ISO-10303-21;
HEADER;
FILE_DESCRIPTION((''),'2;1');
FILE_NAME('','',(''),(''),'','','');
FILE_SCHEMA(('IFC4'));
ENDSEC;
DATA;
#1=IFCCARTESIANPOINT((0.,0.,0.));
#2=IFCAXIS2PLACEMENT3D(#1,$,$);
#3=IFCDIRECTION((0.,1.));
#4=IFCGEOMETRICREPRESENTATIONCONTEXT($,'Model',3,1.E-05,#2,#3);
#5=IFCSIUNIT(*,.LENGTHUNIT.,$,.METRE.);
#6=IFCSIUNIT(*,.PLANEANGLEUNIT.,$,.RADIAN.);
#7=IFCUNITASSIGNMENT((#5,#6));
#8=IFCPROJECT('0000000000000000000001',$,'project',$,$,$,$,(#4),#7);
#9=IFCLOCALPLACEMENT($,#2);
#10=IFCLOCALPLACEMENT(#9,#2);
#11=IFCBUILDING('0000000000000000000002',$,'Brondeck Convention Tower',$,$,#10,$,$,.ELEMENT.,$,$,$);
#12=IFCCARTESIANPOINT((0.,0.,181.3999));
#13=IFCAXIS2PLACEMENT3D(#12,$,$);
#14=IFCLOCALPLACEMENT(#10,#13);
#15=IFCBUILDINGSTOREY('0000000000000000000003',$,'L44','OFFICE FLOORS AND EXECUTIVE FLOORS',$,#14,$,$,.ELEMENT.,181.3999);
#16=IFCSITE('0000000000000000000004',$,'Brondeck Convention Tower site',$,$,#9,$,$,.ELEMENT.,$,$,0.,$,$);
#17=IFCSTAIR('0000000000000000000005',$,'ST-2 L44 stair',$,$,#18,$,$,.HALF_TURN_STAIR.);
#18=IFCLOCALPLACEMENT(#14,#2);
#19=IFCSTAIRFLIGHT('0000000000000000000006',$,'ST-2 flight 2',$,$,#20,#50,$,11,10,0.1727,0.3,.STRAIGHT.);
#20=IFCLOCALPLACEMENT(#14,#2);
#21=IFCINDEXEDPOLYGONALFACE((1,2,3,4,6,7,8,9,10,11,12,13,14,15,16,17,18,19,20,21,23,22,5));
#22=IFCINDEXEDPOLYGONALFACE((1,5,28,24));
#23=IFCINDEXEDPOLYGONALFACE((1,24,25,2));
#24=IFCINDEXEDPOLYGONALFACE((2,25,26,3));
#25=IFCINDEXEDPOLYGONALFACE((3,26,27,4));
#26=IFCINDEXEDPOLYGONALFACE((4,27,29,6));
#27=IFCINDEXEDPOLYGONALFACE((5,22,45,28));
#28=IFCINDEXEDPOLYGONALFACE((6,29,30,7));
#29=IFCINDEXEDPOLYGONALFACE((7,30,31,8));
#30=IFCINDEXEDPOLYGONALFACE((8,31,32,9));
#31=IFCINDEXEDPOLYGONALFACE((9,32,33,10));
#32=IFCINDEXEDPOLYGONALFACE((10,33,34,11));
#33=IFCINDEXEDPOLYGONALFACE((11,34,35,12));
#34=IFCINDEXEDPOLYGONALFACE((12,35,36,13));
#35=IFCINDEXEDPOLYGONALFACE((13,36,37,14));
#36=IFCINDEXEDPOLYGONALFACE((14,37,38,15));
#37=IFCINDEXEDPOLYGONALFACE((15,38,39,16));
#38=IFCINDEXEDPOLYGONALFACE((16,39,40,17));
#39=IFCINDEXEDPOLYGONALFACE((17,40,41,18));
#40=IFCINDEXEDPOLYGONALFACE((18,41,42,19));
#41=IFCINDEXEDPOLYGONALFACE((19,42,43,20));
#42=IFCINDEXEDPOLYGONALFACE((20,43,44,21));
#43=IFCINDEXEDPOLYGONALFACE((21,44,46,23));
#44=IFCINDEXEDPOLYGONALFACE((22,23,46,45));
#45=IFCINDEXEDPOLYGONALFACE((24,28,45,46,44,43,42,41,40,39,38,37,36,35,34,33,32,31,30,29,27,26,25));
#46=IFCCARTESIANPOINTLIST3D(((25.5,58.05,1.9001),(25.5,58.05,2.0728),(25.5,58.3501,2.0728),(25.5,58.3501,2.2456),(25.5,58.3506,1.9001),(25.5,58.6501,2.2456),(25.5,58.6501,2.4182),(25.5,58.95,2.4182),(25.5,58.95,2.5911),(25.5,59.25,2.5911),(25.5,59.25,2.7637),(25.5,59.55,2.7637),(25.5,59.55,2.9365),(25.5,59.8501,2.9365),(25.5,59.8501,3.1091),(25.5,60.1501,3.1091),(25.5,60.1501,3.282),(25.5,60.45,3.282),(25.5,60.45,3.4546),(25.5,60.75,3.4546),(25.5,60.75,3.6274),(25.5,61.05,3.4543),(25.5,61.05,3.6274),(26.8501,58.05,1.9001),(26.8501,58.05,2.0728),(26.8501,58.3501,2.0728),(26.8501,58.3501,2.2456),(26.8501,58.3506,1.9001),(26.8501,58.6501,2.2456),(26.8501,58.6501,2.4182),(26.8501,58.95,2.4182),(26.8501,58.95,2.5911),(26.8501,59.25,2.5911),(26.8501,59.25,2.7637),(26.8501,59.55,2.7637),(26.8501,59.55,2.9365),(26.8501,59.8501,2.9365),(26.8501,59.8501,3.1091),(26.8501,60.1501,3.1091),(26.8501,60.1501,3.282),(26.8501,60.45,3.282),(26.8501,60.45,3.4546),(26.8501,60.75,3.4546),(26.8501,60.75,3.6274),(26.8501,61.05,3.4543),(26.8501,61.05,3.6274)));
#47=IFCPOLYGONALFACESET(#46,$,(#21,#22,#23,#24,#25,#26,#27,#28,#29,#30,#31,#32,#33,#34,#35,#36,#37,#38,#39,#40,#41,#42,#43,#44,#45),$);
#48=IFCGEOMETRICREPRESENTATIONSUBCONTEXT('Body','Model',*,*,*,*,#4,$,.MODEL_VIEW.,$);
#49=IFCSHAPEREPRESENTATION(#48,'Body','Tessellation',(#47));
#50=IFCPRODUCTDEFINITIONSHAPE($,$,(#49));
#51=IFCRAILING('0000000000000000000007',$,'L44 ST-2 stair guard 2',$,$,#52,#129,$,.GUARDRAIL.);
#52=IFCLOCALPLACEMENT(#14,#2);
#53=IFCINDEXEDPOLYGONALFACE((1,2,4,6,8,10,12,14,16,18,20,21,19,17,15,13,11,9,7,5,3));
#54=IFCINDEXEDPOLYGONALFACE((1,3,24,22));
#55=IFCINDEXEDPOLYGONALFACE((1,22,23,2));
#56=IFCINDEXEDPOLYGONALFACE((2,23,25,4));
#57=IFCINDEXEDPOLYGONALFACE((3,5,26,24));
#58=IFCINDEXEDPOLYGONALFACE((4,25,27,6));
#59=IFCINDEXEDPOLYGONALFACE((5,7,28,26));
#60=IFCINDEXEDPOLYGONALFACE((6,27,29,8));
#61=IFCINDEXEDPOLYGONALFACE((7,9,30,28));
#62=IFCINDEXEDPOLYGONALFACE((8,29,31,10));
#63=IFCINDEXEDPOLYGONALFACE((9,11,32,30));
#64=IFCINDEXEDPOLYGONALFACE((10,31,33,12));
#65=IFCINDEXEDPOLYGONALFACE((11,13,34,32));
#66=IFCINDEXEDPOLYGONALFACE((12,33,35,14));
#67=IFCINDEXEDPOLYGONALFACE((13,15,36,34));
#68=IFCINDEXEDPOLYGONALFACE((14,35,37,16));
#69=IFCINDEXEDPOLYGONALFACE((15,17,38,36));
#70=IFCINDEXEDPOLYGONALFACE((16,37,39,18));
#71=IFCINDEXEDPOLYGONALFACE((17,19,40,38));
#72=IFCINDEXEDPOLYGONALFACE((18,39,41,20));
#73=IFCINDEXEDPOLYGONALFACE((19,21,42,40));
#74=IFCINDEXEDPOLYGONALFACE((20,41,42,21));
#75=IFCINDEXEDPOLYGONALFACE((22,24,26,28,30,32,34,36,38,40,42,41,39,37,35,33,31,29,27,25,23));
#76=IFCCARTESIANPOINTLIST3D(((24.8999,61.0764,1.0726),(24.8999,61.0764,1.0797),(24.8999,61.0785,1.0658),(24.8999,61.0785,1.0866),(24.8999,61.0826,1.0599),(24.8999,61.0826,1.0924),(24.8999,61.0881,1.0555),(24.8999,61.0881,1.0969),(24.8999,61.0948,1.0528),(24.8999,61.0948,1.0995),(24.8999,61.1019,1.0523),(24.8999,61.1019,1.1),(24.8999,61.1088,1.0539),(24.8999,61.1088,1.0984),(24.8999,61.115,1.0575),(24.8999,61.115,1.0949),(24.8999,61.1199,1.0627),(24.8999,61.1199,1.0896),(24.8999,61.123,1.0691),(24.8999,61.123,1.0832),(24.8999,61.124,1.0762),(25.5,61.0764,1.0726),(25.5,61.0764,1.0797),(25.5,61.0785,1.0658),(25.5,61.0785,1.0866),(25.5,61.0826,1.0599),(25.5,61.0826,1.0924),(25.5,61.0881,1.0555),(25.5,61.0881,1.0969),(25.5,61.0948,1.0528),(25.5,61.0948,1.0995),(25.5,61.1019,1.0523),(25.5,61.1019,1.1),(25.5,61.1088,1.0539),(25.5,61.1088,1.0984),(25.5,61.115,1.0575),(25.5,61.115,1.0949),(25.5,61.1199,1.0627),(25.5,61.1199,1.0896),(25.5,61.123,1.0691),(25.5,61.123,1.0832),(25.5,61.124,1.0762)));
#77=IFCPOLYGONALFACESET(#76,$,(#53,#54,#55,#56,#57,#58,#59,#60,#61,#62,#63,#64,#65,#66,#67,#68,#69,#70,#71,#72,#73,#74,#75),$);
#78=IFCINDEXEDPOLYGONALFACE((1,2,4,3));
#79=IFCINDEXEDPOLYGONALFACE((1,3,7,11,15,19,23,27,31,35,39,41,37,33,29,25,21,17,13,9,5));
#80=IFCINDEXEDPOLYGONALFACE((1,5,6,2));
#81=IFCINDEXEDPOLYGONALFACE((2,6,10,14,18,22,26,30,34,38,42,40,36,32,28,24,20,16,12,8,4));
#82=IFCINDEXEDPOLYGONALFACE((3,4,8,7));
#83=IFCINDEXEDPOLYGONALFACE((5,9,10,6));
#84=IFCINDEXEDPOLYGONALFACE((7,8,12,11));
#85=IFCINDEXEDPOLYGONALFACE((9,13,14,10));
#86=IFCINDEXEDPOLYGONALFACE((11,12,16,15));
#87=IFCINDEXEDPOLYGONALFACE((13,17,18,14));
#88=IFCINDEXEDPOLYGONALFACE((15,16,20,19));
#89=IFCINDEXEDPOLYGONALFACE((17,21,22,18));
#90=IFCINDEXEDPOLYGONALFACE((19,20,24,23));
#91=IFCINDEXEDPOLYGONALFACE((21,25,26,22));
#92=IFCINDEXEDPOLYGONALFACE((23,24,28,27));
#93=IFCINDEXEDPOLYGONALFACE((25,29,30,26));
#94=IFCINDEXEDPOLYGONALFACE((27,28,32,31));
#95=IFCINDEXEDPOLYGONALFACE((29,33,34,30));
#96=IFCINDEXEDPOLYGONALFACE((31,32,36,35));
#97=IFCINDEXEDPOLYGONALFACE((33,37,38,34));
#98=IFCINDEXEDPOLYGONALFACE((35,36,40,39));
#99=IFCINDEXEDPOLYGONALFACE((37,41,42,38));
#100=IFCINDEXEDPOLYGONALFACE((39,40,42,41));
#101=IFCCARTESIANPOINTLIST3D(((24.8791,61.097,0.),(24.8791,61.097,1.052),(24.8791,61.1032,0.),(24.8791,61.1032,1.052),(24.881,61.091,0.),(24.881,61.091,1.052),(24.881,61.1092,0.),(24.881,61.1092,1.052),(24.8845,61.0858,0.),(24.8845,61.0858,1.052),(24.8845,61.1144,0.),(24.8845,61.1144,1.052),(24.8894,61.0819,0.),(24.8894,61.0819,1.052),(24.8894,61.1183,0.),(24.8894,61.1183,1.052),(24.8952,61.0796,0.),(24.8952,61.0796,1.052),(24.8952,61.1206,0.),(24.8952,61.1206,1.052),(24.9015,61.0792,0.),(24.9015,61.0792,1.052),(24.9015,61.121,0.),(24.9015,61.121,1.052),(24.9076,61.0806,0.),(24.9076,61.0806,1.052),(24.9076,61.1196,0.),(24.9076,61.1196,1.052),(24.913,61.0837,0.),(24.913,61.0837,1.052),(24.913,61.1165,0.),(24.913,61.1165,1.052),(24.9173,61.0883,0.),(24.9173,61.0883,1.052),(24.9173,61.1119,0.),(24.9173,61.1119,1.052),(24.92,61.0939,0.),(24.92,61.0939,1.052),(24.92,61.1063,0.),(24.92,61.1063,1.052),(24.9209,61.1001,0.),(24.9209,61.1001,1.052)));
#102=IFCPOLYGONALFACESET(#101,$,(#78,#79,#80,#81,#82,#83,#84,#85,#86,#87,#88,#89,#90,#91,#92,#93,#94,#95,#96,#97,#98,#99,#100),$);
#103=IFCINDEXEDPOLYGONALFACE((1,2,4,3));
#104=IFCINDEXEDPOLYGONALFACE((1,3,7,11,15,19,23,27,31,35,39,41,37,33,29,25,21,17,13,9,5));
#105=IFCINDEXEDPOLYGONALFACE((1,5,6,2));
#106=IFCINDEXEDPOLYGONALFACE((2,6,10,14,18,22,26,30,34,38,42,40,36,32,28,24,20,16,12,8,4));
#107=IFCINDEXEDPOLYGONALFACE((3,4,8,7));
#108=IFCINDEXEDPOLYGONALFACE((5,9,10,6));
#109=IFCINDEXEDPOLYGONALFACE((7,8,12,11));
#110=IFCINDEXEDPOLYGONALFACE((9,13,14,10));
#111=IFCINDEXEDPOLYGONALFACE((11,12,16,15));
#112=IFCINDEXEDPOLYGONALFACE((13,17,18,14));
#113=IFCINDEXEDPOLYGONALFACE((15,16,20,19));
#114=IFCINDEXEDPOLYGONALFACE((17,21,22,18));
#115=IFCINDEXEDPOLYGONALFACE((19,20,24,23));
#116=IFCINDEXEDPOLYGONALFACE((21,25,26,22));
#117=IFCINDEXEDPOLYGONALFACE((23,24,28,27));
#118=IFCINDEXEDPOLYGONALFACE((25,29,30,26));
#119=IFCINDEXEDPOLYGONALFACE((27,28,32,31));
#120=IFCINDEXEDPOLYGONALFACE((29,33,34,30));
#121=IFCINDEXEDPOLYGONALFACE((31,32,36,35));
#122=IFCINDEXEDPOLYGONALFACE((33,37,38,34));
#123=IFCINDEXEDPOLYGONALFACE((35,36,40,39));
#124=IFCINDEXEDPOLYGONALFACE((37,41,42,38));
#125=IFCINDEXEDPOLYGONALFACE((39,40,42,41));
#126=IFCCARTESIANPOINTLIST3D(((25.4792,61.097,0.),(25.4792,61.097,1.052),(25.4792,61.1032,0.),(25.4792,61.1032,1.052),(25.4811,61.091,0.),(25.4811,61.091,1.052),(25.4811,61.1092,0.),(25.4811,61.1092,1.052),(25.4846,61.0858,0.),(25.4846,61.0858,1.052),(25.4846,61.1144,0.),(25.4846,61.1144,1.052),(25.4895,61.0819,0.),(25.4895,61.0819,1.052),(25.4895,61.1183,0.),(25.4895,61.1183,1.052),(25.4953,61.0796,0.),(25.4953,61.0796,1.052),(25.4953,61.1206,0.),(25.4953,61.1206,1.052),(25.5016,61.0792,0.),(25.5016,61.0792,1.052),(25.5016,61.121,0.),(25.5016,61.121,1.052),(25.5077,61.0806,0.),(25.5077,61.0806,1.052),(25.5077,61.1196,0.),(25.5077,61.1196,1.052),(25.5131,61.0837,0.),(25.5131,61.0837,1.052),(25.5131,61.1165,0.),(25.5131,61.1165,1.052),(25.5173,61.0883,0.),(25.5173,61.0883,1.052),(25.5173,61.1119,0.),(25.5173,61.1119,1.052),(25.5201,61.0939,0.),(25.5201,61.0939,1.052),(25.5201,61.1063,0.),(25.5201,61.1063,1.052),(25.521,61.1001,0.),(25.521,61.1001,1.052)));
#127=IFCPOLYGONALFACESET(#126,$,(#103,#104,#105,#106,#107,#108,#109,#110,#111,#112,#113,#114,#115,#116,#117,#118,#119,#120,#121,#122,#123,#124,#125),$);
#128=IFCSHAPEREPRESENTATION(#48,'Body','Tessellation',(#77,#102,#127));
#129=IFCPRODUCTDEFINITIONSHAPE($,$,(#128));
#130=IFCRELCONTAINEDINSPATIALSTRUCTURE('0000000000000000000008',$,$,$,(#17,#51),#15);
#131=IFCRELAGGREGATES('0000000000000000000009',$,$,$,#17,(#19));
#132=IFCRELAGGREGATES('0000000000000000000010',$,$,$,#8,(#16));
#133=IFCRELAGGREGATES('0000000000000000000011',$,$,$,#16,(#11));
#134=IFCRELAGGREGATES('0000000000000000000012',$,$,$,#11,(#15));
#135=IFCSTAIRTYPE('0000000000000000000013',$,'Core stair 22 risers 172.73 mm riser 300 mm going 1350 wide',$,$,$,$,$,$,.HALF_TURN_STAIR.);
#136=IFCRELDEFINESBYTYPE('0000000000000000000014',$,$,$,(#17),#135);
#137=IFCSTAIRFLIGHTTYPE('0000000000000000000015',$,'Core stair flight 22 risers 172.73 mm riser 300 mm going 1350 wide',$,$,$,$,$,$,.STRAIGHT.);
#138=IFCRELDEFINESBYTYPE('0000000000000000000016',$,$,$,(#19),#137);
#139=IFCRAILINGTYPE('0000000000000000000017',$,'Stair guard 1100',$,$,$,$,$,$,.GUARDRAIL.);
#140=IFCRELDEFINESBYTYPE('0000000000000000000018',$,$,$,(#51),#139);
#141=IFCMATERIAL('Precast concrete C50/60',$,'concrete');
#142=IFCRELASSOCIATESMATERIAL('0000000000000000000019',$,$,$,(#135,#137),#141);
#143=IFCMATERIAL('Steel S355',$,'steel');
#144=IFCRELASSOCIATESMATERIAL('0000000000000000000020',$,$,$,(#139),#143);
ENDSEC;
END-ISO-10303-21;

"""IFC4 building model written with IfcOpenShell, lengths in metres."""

from ifc_helpers import new_model, si_unit, direction, frame, origin, origin_2d, place, context, subcontext, project, spatial, polyline, circle, outline, extrude, material, type_object, element, aggregate, save


model = new_model("IFC4")

# Units and contexts
model_context = context("Model", 3, precision=1e-05, world=origin(), true_north=direction((0.0, 1.0)))
body_context = subcontext(model_context, "Body", "Model", "MODEL_VIEW")
ifc_project = project(units=[si_unit("LENGTHUNIT", "METRE"), si_unit("PLANEANGLEUNIT", "RADIAN")], contexts=[model_context])

# Site, building, storey
site_placement = place(None, origin())
site = spatial("IfcSite", under=ifc_project, at=site_placement, Name="Brondeck Convention Tower site", CompositionType="ELEMENT", RefElevation=0.0)
building_placement = place(site_placement, origin())
building = spatial("IfcBuilding", under=site, at=building_placement, Name="Brondeck Convention Tower", CompositionType="ELEMENT")
storey_placement = place(building_placement, frame((0.0, 0.0, 181.3999)))
storey = spatial("IfcBuildingStorey", under=building, at=storey_placement, Name="L44", Description="OFFICE FLOORS AND EXECUTIVE FLOORS", CompositionType="ELEMENT", Elevation=181.3999)

# Stair, stair flight
ifc_material_1 = material(Name="Precast concrete C50/60", Category="concrete")
stair_type = type_object("IfcStairType", Name="Core stair 22 risers 172.73 mm riser 300 mm going 1350 wide", PredefinedType="HALF_TURN_STAIR", material=ifc_material_1)
stair_placement = place(storey_placement, origin())
stair = element("IfcStair", 1, at=stair_placement, inside=storey, type_object=stair_type, Name="ST-2 L44 stair", PredefinedType="HALF_TURN_STAIR")
stair_flight_type = type_object("IfcStairFlightType", Name="Core stair flight 22 risers 172.73 mm riser 300 mm going 1350 wide", PredefinedType="STRAIGHT", material=ifc_material_1)
stair_flight_1_placement = place(storey_placement, frame((26.175, 58.05, 1.9001), z_axis=(0.0, 0.0, 1.0), x_axis=(0.0, 1.0, 0.0)))
stair_flight_1 = element("IfcStairFlight", 2, at=stair_flight_1_placement, type_object=stair_flight_type, Name="ST-2 flight 2", NumberOfRisers=11, NumberOfTreads=10, PredefinedType="STRAIGHT", RiserHeight=0.1727, TreadLength=0.3, context=body_context, shape_type="SweptSolid", body=[
    extrude(outline(polyline([(0.0, 0.0), (0.0, 0.1726), (0.3, 0.1726), (0.3, 0.3455), (0.6001, 0.3455), (0.6001, 0.5181), (0.8999, 0.5181), (0.8999, 0.6909), (1.2, 0.6909), (1.2, 0.8635), (1.5, 0.8635), (1.5, 1.0364), (1.8, 1.0364), (1.8, 1.209), (2.1001, 1.209), (2.1001, 1.3818), (2.3999, 1.3818), (2.3999, 1.5544), (2.7, 1.5544), (2.7, 1.7273), (3.0, 1.7273), (3.0, 1.8999), (3.0, 1.5542), (0.3005, 0.0), (0.0, 0.0)])), frame((0.0, 0.675, 0.0), z_axis=(0.0, -1.0, 0.0), x_axis=(1.0, 0.0, 0.0)), (0.0, 0.0, 1.0), 1.3501),
])
aggregate(stair, [stair_flight_1])

# Railing
ifc_material_2 = material(Name="Steel S355", Category="steel")
railing_type_1 = type_object("IfcRailingType", Name="Stair guard 1100", PredefinedType="GUARDRAIL", material=ifc_material_2)
railing_1_placement = place(storey_placement, frame((24.8999, 61.1001, 0.0)))
element("IfcRailing", 3, at=railing_1_placement, inside=storey, type_object=railing_type_1, Name="L44 ST-2 stair guard 2", PredefinedType="GUARDRAIL", context=body_context, shape_type="SweptSolid", body=[
    extrude(circle(Radius=0.0239, at=origin_2d()), frame((0.0, 0.0, 1.0762), z_axis=(1.0, 0.0, 0.0), x_axis=(0.0, 1.0, 0.0)), (0.0, 0.0, 1.0), 0.6001),
    extrude(circle(Radius=0.021, at=origin_2d()), origin(), (0.0, 0.0, 1.0), 1.052),
    extrude(circle(Radius=0.021, at=origin_2d()), frame((0.6001, 0.0, 0.0)), (0.0, 0.0, 1.0), 1.052),
])

save(model, "model.ifc")
